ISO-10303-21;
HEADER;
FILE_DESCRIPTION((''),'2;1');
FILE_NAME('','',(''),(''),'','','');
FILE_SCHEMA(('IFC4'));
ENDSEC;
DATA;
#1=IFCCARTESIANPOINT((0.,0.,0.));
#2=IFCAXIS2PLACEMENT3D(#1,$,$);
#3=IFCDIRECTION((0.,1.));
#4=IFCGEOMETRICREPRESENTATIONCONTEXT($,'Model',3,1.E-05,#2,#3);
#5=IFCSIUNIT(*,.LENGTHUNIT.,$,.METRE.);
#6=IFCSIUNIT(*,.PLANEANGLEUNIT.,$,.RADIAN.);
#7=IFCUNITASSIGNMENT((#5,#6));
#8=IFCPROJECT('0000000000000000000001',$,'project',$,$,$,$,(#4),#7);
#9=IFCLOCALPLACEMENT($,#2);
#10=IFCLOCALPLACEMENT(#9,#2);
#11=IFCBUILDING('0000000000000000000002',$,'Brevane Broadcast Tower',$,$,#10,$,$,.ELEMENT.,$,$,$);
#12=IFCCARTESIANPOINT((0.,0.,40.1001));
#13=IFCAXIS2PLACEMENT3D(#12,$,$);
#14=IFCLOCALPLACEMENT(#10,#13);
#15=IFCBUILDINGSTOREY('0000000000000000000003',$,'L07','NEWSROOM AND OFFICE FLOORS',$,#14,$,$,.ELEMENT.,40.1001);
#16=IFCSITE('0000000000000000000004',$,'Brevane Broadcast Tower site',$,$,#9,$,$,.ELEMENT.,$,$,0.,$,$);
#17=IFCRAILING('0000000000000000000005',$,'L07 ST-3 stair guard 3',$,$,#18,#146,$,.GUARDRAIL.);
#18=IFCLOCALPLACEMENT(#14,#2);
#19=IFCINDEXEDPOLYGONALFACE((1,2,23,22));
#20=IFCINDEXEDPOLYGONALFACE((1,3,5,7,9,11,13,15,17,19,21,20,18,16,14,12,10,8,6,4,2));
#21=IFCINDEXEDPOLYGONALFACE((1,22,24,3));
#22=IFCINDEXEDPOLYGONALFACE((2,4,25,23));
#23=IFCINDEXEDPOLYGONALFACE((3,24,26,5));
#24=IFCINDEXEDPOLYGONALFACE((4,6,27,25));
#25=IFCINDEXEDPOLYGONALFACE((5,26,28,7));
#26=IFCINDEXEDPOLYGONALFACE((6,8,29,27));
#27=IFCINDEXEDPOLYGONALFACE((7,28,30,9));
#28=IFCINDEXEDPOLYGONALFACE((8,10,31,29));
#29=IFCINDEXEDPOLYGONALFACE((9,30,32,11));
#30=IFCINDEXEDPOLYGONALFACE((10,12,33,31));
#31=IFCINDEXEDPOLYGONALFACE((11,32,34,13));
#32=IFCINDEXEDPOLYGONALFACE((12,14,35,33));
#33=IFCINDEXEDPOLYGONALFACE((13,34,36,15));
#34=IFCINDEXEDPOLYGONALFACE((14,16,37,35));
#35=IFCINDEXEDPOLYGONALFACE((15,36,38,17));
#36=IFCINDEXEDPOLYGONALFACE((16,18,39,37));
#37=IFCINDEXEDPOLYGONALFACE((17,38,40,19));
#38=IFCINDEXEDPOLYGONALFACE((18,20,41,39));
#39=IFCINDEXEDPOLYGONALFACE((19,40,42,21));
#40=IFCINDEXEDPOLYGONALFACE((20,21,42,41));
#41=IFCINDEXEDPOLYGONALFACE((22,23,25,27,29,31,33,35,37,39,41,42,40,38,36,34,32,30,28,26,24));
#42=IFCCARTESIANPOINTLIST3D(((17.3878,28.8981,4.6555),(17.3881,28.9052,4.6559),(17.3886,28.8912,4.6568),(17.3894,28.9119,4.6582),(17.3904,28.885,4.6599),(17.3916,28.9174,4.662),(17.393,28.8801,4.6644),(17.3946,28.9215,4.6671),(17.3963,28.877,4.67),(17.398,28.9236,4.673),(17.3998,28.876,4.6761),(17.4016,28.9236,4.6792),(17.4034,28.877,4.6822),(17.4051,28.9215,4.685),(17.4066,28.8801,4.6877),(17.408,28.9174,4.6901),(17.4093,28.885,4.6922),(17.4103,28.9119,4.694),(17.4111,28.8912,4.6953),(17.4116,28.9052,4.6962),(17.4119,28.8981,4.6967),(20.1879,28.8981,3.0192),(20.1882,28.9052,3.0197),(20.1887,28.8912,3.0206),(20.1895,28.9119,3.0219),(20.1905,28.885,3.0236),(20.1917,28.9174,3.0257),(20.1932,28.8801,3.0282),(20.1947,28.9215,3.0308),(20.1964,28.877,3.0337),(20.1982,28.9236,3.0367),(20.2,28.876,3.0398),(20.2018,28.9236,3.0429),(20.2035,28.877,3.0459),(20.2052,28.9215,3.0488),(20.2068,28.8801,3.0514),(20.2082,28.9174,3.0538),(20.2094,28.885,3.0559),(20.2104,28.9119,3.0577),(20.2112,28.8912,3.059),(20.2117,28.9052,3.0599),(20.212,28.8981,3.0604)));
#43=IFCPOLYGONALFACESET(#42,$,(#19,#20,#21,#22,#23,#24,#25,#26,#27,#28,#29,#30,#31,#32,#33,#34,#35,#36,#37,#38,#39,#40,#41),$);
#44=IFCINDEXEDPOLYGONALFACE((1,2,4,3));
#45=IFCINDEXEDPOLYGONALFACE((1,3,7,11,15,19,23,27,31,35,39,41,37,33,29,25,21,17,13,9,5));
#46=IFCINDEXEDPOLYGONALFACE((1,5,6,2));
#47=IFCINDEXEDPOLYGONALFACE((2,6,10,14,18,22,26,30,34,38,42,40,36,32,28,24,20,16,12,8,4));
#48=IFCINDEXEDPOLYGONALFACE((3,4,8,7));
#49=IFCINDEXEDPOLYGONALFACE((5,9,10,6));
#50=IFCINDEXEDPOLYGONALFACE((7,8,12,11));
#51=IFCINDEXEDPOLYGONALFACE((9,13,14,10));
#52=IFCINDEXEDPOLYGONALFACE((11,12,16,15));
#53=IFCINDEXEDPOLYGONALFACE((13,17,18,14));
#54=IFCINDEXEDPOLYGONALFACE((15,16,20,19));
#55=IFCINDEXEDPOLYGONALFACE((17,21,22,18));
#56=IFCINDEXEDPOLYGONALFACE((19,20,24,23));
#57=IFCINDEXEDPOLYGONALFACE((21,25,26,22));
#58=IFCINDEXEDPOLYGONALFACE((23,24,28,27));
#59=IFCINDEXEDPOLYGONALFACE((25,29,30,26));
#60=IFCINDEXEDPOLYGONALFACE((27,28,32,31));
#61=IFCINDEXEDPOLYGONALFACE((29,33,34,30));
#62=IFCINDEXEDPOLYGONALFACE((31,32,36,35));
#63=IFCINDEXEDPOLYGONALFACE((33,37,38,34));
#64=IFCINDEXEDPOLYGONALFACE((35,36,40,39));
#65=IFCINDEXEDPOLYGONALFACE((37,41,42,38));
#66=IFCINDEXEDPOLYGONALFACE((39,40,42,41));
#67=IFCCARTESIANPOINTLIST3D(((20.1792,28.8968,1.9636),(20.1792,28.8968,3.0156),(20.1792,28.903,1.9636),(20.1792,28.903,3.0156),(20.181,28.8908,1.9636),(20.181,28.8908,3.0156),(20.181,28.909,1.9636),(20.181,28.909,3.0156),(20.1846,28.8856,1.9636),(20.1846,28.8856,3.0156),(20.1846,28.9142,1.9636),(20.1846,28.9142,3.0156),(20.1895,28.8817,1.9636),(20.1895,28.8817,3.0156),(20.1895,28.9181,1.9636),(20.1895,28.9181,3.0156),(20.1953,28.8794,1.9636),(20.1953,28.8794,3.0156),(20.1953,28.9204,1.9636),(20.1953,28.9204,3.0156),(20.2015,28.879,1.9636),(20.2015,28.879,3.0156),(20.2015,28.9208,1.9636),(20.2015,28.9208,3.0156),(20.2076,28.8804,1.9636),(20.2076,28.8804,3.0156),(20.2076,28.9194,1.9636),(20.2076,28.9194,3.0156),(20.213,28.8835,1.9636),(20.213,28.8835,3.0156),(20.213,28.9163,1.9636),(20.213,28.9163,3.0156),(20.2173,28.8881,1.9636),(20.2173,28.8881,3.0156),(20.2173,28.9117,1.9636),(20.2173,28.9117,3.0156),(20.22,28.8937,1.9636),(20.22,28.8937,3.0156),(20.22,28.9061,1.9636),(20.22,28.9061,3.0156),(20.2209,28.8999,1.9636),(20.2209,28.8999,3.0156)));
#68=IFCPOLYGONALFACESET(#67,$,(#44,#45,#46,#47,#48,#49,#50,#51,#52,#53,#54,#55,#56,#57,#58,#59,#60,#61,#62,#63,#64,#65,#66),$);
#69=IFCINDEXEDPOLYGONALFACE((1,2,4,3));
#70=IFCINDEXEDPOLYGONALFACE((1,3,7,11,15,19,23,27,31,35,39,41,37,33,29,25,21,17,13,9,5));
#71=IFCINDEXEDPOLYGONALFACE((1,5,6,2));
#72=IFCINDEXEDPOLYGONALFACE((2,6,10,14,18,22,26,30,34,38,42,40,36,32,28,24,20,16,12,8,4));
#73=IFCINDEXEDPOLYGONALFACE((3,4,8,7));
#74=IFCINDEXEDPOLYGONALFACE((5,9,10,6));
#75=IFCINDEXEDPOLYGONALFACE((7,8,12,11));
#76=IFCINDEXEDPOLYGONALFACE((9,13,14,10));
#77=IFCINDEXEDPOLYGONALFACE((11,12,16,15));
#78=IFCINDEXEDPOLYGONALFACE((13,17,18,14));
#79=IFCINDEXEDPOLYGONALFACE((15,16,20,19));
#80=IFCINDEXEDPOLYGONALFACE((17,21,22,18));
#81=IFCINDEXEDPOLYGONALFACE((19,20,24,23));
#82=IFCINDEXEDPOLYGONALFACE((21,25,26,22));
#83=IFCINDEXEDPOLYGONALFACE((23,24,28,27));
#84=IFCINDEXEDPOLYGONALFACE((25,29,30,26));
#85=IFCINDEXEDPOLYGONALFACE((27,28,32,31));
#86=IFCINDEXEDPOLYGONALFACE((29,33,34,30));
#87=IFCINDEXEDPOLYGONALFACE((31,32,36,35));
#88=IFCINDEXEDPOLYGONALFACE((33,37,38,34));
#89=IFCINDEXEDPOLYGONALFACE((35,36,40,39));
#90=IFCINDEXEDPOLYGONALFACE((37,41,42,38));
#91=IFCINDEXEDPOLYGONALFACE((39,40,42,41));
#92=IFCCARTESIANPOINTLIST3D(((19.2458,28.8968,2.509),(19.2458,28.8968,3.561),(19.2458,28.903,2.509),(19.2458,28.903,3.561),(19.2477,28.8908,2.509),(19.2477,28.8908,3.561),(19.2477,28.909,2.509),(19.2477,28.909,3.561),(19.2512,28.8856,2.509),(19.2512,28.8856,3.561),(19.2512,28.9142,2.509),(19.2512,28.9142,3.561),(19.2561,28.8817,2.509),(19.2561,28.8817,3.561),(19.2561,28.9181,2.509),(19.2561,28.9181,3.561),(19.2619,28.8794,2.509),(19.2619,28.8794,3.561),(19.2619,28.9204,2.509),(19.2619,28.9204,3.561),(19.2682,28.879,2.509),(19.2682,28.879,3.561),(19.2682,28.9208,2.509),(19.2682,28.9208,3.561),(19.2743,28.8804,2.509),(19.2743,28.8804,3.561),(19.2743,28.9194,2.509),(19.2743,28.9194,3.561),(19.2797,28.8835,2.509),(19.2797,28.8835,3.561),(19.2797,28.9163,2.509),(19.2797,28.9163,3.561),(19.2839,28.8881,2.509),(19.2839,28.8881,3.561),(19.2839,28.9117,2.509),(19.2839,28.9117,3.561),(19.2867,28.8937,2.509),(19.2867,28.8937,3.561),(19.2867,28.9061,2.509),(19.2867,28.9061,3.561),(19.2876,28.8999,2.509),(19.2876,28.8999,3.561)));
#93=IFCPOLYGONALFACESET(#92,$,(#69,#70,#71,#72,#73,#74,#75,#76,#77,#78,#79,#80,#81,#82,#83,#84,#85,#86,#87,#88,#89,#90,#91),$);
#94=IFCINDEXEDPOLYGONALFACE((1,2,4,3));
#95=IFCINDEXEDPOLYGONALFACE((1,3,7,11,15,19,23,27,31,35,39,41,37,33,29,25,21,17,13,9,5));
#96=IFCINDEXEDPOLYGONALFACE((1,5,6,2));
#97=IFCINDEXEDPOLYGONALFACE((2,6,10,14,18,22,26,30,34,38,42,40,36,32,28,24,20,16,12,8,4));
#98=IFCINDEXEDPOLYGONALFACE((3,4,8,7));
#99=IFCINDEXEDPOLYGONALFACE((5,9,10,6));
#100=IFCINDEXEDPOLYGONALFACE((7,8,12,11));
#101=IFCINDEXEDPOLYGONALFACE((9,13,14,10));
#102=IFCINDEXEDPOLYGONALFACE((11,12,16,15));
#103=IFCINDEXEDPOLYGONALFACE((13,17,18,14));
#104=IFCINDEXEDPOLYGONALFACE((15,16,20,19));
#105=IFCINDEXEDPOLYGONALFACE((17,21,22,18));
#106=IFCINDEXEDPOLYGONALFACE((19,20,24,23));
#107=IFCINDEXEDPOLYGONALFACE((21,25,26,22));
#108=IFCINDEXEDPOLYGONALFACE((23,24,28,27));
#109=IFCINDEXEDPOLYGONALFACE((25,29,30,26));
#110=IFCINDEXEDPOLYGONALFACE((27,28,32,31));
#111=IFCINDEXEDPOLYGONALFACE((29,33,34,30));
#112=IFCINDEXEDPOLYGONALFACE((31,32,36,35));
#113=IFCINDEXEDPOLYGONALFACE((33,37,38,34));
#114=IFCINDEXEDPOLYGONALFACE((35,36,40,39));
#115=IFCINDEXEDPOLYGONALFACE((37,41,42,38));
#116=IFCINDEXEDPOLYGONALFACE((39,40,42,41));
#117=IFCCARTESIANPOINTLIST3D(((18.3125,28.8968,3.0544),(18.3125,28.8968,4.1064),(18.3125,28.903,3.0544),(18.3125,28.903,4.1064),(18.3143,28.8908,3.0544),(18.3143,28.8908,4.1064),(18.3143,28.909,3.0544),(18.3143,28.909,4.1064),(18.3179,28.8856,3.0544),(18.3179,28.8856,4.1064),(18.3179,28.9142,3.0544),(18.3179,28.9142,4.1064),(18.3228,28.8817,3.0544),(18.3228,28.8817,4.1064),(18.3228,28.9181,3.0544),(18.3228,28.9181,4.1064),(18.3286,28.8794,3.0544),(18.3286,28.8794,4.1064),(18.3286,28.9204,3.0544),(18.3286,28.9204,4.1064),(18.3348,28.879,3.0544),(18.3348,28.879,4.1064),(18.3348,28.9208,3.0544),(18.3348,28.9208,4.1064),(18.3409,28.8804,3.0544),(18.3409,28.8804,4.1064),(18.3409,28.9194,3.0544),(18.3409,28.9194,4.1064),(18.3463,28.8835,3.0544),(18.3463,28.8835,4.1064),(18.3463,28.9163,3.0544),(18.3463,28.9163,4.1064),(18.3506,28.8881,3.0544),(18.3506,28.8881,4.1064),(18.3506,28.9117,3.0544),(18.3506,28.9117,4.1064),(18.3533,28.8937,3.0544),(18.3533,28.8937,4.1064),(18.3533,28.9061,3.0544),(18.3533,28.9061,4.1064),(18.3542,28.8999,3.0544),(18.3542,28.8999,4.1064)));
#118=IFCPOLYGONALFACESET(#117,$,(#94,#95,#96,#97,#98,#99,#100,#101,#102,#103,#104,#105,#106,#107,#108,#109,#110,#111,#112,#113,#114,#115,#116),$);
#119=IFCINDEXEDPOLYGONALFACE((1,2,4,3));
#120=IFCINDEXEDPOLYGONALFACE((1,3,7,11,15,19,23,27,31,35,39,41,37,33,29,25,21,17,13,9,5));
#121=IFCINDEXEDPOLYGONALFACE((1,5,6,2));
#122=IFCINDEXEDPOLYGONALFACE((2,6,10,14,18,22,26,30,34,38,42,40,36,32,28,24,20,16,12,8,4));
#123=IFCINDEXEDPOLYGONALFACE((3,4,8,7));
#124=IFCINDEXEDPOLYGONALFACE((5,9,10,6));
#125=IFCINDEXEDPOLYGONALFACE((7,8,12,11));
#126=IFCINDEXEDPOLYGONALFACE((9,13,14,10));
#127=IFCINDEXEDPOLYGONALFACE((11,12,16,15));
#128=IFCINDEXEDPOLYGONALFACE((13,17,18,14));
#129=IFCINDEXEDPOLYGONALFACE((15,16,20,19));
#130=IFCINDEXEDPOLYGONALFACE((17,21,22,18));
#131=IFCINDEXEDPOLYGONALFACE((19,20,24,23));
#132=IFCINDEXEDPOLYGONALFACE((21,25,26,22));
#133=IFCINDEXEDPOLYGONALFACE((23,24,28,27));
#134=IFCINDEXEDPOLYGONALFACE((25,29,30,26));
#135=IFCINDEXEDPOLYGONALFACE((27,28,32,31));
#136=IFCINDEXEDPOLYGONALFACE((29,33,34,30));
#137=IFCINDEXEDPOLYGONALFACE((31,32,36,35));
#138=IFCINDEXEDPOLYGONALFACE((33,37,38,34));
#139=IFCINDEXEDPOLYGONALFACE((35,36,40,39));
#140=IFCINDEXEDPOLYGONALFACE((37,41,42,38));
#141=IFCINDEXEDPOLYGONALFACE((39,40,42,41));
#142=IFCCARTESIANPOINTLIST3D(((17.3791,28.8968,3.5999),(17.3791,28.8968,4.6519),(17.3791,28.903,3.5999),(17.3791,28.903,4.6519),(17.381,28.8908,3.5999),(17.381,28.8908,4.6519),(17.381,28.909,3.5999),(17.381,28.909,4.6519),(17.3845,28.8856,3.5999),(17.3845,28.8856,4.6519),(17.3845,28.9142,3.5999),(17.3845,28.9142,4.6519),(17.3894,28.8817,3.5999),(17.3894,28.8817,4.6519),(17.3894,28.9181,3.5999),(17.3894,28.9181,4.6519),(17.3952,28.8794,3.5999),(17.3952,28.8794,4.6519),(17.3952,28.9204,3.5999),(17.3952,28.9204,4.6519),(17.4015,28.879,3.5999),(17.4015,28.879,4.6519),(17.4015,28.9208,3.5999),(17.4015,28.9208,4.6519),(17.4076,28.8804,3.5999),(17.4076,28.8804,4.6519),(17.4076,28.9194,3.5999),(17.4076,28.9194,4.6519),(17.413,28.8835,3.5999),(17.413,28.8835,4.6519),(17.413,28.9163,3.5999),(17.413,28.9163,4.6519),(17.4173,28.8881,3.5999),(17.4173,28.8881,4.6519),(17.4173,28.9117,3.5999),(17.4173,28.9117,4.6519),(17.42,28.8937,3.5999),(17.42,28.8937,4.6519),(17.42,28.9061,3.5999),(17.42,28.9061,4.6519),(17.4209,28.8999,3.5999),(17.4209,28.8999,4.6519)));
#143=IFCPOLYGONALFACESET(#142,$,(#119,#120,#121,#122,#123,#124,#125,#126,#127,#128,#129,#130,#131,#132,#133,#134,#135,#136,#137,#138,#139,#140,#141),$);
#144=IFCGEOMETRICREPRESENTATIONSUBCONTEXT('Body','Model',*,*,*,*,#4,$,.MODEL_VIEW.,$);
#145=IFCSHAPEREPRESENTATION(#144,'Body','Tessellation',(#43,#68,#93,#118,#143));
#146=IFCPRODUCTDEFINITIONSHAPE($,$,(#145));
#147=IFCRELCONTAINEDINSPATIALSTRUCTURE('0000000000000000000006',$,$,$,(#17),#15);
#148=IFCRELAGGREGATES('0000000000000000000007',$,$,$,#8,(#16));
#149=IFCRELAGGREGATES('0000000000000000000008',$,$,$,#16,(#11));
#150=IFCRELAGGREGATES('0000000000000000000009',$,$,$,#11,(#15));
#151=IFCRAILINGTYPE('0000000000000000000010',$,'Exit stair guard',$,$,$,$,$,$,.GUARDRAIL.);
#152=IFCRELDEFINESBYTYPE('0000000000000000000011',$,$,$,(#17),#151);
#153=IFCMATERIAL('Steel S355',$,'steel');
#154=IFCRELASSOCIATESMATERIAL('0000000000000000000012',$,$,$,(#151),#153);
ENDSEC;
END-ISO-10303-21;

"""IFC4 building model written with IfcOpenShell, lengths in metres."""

from ifc_helpers import new_model, si_unit, direction, frame, origin, origin_2d, place, context, subcontext, project, spatial, circle, extrude, material, type_object, element, save


model = new_model("IFC4")

# Units and contexts
model_context = context("Model", 3, precision=1e-05, world=origin(), true_north=direction((0.0, 1.0)))
body_context = subcontext(model_context, "Body", "Model", "MODEL_VIEW")
ifc_project = project(units=[si_unit("LENGTHUNIT", "METRE"), si_unit("PLANEANGLEUNIT", "RADIAN")], contexts=[model_context])

# Site, building, storey
site_placement = place(None, origin())
site = spatial("IfcSite", under=ifc_project, at=site_placement, Name="Brevane Broadcast Tower site", CompositionType="ELEMENT", RefElevation=0.0)
building_placement = place(site_placement, origin())
building = spatial("IfcBuilding", under=site, at=building_placement, Name="Brevane Broadcast Tower", CompositionType="ELEMENT")
storey_placement = place(building_placement, frame((0.0, 0.0, 40.1001)))
storey = spatial("IfcBuildingStorey", under=building, at=storey_placement, Name="L07", Description="NEWSROOM AND OFFICE FLOORS", CompositionType="ELEMENT", Elevation=40.1001)

# Shared definitions
ifc_material_1 = material(Name="Steel S355", Category="steel")

# Railing
railing_type_1 = type_object("IfcRailingType", Name="Exit stair guard", PredefinedType="GUARDRAIL", material=ifc_material_1)
railing_1_placement = place(storey_placement, frame((20.2, 28.8999, 1.9636)))
element("IfcRailing", 1, at=railing_1_placement, inside=storey, type_object=railing_type_1, Name="L07 ST-3 stair guard 3", PredefinedType="GUARDRAIL", context=body_context, shape_type="SweptSolid", body=[
    extrude(circle(Radius=0.0239, at=origin_2d()), frame((0.0, 0.0, 1.0762), z_axis=(-0.863394, 0.0, 0.504531), x_axis=(0.0, -1.0, 0.0)), (0.0, 0.0, 1.0), 3.2432),
    extrude(circle(Radius=0.021, at=origin_2d()), origin(), (0.0, 0.0, 1.0), 1.052),
    extrude(circle(Radius=0.021, at=origin_2d()), frame((-0.9333, 0.0, 0.5454)), (0.0, 0.0, 1.0), 1.052),
    extrude(circle(Radius=0.021, at=origin_2d()), frame((-1.8667, 0.0, 1.0908)), (0.0, 0.0, 1.0), 1.052),
    extrude(circle(Radius=0.021, at=origin_2d()), frame((-2.8, 0.0, 1.6362)), (0.0, 0.0, 1.0), 1.052),
])

save(model, "model.ifc")
